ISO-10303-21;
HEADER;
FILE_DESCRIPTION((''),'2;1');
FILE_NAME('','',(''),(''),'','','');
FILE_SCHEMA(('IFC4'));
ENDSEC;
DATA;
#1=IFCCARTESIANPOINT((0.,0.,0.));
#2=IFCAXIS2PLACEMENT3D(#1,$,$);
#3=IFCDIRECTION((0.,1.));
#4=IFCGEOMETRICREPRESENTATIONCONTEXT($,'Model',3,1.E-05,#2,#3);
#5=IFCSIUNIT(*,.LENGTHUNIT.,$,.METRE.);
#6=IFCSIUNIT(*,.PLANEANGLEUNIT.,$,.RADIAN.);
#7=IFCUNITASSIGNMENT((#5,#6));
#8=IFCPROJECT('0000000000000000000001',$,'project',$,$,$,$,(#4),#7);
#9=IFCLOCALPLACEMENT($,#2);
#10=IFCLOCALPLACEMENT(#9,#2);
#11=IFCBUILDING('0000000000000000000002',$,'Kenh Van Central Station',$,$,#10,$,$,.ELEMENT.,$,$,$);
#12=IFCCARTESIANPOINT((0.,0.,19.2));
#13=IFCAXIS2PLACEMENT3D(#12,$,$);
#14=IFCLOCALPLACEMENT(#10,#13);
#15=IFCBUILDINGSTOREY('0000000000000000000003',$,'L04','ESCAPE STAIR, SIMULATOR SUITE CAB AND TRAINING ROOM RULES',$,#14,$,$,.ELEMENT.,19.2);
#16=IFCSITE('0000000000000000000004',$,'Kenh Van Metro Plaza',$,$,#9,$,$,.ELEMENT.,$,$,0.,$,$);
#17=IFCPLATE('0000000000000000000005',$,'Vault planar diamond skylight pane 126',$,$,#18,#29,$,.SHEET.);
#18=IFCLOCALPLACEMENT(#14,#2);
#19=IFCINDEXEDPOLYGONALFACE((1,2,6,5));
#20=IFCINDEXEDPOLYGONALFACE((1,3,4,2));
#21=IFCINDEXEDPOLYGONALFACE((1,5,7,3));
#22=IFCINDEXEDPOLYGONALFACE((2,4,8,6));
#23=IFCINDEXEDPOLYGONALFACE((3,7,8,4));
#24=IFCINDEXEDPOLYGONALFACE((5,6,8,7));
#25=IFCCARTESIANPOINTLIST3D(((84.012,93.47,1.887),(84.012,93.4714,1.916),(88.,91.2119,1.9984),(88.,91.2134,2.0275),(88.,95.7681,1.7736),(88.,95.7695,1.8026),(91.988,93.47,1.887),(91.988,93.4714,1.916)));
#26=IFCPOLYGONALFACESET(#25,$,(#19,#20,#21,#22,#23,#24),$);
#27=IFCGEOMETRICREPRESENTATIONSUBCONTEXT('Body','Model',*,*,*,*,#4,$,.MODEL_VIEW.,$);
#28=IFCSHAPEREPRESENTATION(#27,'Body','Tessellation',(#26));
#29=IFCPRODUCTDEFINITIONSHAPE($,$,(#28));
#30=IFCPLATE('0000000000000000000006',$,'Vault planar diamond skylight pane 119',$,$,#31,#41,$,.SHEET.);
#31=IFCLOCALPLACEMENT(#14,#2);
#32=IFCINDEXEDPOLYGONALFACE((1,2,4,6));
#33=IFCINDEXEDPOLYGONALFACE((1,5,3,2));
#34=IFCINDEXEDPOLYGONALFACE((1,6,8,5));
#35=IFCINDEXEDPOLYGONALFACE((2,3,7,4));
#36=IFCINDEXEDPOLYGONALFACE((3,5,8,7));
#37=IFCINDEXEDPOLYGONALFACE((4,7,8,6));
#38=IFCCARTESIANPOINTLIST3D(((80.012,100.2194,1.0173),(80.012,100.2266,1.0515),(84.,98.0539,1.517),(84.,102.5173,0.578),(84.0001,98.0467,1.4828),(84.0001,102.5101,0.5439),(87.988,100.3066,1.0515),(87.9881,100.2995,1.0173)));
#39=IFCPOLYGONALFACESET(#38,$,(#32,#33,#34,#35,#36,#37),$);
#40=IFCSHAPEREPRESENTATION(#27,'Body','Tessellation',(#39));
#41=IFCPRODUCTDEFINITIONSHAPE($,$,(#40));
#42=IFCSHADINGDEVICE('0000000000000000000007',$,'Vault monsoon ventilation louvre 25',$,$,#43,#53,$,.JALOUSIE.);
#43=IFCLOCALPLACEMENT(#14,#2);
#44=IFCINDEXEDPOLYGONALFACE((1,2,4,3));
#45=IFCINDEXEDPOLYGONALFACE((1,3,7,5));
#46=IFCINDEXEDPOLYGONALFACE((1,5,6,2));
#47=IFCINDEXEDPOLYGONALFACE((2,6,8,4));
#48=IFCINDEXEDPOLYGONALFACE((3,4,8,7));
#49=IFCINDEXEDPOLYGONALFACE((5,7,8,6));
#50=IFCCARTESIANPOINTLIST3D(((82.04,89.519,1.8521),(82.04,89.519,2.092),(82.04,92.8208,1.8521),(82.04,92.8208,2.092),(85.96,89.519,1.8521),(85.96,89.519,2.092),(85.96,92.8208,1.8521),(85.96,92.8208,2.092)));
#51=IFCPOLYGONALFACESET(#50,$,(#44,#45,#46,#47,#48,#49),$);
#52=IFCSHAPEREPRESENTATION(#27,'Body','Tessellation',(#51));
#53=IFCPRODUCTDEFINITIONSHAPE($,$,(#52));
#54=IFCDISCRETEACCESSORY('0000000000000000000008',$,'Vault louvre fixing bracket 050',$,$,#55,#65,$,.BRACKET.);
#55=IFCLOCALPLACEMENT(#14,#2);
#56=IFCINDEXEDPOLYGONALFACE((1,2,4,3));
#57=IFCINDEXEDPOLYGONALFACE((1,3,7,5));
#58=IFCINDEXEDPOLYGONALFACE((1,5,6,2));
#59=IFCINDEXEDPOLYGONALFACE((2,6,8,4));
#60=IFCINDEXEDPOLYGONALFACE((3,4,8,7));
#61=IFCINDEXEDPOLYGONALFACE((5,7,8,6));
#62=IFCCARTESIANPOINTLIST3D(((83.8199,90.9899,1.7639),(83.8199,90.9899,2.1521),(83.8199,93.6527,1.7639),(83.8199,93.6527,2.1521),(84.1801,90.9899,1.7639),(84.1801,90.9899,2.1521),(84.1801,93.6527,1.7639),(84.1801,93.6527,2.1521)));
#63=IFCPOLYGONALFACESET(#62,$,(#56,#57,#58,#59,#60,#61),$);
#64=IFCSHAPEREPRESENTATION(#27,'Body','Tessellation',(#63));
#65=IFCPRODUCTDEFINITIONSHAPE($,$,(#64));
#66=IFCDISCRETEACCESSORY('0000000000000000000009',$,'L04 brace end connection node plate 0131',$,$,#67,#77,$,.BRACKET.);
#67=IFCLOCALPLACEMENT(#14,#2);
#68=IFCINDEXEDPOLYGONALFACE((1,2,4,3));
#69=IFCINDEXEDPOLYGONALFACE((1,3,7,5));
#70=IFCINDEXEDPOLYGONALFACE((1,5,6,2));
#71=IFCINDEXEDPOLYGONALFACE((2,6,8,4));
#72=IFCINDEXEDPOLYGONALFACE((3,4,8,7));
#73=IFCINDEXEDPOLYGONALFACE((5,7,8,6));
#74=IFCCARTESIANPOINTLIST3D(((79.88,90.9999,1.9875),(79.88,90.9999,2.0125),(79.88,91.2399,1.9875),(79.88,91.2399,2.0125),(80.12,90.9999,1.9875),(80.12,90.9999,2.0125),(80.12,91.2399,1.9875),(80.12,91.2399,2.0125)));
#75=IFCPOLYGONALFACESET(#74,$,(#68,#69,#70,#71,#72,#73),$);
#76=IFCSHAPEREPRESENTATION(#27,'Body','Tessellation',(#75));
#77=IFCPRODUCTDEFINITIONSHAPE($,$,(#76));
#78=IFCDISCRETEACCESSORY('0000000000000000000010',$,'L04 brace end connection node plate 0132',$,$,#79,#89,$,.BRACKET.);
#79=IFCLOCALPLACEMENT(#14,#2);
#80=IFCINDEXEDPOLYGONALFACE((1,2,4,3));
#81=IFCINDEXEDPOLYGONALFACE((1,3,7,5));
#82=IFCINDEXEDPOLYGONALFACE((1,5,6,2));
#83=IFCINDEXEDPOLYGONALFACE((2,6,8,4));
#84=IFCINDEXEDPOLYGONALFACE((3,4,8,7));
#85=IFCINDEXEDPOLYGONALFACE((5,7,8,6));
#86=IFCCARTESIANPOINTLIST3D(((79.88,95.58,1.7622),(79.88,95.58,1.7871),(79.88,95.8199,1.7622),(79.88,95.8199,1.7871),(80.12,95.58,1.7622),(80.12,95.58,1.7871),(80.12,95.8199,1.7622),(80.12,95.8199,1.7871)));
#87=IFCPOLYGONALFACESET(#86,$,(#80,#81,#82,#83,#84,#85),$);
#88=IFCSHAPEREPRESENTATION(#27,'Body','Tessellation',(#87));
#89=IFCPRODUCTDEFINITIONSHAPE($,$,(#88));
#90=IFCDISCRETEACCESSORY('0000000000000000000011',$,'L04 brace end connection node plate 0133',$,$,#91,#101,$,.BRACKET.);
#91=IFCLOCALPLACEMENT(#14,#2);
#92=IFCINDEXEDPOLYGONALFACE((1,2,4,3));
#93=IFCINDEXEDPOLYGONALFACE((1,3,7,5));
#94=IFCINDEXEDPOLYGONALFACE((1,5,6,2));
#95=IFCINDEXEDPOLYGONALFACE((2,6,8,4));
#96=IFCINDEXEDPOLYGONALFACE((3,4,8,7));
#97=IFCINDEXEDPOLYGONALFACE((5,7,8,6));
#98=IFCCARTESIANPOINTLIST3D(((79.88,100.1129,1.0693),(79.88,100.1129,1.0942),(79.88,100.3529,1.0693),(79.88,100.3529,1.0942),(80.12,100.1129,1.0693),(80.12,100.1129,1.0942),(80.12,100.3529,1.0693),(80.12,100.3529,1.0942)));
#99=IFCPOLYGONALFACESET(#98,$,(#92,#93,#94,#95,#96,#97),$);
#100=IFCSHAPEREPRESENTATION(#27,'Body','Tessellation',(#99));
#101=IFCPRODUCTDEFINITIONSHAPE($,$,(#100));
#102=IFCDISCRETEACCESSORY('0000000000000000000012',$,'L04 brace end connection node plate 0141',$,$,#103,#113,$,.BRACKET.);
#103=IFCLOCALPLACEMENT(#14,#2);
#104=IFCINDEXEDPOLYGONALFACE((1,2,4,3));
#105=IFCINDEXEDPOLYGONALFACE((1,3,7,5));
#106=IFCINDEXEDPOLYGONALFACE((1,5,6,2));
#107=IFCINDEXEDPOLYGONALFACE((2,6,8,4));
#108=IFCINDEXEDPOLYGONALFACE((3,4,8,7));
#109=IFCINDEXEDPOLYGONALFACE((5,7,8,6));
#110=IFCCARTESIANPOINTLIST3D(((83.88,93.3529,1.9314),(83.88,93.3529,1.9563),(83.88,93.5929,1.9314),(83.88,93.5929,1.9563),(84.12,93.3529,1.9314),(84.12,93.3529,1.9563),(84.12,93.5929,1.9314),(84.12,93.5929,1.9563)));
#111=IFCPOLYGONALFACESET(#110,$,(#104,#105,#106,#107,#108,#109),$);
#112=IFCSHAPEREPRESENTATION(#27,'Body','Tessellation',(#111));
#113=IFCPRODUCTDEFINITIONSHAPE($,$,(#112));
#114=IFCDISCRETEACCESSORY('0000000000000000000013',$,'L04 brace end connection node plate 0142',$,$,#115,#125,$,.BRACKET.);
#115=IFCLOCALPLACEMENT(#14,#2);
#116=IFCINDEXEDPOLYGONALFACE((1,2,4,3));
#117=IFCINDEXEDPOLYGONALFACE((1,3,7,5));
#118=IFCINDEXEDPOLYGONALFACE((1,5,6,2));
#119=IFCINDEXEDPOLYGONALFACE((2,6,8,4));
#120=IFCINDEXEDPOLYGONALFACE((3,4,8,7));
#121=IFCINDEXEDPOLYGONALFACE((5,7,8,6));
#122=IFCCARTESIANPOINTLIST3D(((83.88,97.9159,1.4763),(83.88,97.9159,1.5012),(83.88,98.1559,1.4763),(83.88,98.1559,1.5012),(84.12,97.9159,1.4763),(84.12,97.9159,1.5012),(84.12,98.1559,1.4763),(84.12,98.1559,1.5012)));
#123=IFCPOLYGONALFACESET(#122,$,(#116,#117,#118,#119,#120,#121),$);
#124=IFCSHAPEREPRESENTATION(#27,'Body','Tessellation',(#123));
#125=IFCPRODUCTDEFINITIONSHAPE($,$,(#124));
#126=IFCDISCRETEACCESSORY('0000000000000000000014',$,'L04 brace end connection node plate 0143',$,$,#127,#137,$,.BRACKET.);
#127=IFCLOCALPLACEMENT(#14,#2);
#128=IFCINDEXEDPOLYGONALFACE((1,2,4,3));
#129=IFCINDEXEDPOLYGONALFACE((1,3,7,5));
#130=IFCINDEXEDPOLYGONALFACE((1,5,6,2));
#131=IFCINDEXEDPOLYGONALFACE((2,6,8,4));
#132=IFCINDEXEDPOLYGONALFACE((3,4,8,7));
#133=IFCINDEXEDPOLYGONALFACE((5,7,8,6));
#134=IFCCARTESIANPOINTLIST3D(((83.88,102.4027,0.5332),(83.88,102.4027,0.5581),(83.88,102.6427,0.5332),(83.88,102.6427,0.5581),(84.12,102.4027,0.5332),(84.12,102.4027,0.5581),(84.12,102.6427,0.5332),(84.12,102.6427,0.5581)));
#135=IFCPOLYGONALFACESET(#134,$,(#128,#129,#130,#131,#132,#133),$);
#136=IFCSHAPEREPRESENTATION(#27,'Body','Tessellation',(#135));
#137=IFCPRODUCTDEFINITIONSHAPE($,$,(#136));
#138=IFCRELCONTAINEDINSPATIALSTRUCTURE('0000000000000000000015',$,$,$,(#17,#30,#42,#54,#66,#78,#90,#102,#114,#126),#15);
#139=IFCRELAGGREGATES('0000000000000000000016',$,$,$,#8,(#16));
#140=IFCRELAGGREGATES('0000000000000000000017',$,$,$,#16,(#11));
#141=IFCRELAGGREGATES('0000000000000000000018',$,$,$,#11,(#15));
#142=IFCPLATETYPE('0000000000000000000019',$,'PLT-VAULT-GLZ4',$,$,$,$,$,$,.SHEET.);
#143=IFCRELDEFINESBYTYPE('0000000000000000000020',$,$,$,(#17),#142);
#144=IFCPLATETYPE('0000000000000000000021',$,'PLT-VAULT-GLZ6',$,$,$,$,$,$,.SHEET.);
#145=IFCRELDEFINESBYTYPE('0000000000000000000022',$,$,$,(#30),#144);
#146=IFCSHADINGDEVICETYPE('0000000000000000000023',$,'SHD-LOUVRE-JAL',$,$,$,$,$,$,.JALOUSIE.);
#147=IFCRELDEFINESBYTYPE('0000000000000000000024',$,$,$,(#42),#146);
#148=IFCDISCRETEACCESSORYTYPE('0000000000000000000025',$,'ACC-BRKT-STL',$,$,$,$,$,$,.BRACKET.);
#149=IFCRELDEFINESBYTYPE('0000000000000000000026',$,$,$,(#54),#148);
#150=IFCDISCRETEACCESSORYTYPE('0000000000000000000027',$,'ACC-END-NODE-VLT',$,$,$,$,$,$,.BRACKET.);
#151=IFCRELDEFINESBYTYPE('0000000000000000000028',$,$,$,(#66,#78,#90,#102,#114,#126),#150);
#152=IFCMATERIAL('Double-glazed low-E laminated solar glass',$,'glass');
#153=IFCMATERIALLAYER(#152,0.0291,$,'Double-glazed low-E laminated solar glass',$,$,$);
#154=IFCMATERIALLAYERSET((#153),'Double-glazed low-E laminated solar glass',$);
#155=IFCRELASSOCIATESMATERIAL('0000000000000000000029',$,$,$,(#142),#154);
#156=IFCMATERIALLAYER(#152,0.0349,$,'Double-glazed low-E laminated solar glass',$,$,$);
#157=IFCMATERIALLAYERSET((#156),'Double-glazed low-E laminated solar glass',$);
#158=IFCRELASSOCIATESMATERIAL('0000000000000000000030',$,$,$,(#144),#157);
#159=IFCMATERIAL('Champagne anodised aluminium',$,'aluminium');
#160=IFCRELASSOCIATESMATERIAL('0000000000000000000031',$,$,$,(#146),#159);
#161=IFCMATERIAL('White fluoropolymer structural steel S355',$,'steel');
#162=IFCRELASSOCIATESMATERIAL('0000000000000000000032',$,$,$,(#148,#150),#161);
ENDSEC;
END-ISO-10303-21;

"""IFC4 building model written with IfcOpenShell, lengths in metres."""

from ifc_helpers import new_model, si_unit, direction, frame, origin, origin_2d, place, context, subcontext, project, spatial, polyline, rectangle, outline, extrude, material, layer, layer_set, type_object, element, save


model = new_model("IFC4")

# Units and contexts
model_context = context("Model", 3, precision=1e-05, world=origin(), true_north=direction((0.0, 1.0)))
body_context = subcontext(model_context, "Body", "Model", "MODEL_VIEW")
ifc_project = project(units=[si_unit("LENGTHUNIT", "METRE"), si_unit("PLANEANGLEUNIT", "RADIAN")], contexts=[model_context])

# Site, building, storey
site_placement = place(None, origin())
site = spatial("IfcSite", under=ifc_project, at=site_placement, Name="Kenh Van Metro Plaza", CompositionType="ELEMENT", RefElevation=0.0)
building_placement = place(site_placement, origin())
building = spatial("IfcBuilding", under=site, at=building_placement, Name="Kenh Van Central Station", CompositionType="ELEMENT")
storey_placement = place(building_placement, frame((0.0, 0.0, 19.2)))
storey = spatial("IfcBuildingStorey", under=building, at=storey_placement, Name="L04", Description="ESCAPE STAIR, SIMULATOR SUITE CAB AND TRAINING ROOM RULES", CompositionType="ELEMENT", Elevation=19.2)

# Shared definitions
ifc_material_1 = material(Name="White fluoropolymer structural steel S355", Category="steel")

# Plates
ifc_material_2 = material(Name="Double-glazed low-E laminated solar glass", Category="glass")
ifc_layer_1 = layer(ifc_material_2, 0.0291, Name="Double-glazed low-E laminated solar glass")
ifc_layer_set_1 = layer_set([ifc_layer_1], Name="Double-glazed low-E laminated solar glass")
plate_type_1 = type_object("IfcPlateType", Name="PLT-VAULT-GLZ4", PredefinedType="SHEET", material=ifc_layer_set_1)
plate_1_placement = place(storey_placement, frame((84.012, 93.4714, 1.916), z_axis=(0.0, 0.049292, 0.998784), x_axis=(0.869936, -0.492566, 0.024309)))
element("IfcPlate", 1, at=plate_1_placement, inside=storey, type_object=plate_type_1, Name="Vault planar diamond skylight pane 126", PredefinedType="SHEET", context=body_context, shape_type="SweptSolid", body=[
    extrude(outline(polyline([(0.0, 0.0), (4.5843, 0.0), (6.9387, 3.9335), (2.3346, 3.9684), (0.0, 0.0)])), origin(), (0.0, 0.0, -1.0), 0.0291),
])
ifc_layer_2 = layer(ifc_material_2, 0.0349, Name="Double-glazed low-E laminated solar glass")
ifc_layer_set_2 = layer_set([ifc_layer_2], Name="Double-glazed low-E laminated solar glass")
plate_type_2 = type_object("IfcPlateType", Name="PLT-VAULT-GLZ6", PredefinedType="SHEET", material=ifc_layer_set_2)
plate_2_placement = place(storey_placement, frame((80.012, 100.2266, 1.0515), z_axis=(-0.002067, 0.205864, 0.978578), x_axis=(0.873566, -0.475906, 0.101962)))
element("IfcPlate", 2, at=plate_2_placement, inside=storey, type_object=plate_type_2, Name="Vault planar diamond skylight pane 119", PredefinedType="SHEET", context=body_context, shape_type="SweptSolid", body=[
    extrude(outline(polyline([(0.0, 0.0), (4.5652, 0.0), (6.9295, 3.9504), (2.3454, 3.9844), (0.0, 0.0)])), origin(), (0.0, 0.0, -1.0), 0.0349),
])

# Shading device
ifc_material_3 = material(Name="Champagne anodised aluminium", Category="aluminium")
shading_device_type = type_object("IfcShadingDeviceType", Name="SHD-LOUVRE-JAL", PredefinedType="JALOUSIE", material=ifc_material_3)
shading_device_placement = place(storey_placement, frame((84.0, 91.1699, 1.8521), z_axis=(0.0, 0.0, 1.0), x_axis=(1.0, 0.0, 0.0)))
element("IfcShadingDevice", 3, at=shading_device_placement, inside=storey, type_object=shading_device_type, Name="Vault monsoon ventilation louvre 25", PredefinedType="JALOUSIE", context=body_context, shape_type="SweptSolid", body=[
    extrude(rectangle(XDim=3.9199, YDim=3.3018, at=origin_2d()), origin(), (0.0, 0.0, 1.0), 0.24),
])

# Discrete accessories
discrete_accessory_type_1 = type_object("IfcDiscreteAccessoryType", Name="ACC-BRKT-STL", PredefinedType="BRACKET", material=ifc_material_1)
discrete_accessory_placement = place(storey_placement, frame((84.0, 92.3213, 1.7639), z_axis=(0.0, 0.0, 1.0), x_axis=(1.0, 0.0, 0.0)))
element("IfcDiscreteAccessory", 4, at=discrete_accessory_placement, inside=storey, type_object=discrete_accessory_type_1, Name="Vault louvre fixing bracket 050", PredefinedType="BRACKET", context=body_context, shape_type="SweptSolid", body=[
    extrude(rectangle(XDim=0.3601, YDim=2.6628, at=origin_2d()), origin(), (0.0, 0.0, 1.0), 0.3882),
])
discrete_accessory_type_2 = type_object("IfcDiscreteAccessoryType", Name="ACC-END-NODE-VLT", PredefinedType="BRACKET", material=ifc_material_1)
for number, where, z_axis, x_axis, name in (
    (5, (80.0, 91.1199, 1.9875), (0.0, 0.0, 1.0), (1.0, 0.0, 0.0), "L04 brace end connection node plate 0131"),
    (6, (80.0, 95.7, 1.7622), (0.0, 0.0, 1.0), (1.0, 0.0, 0.0), "L04 brace end connection node plate 0132"),
    (7, (80.0, 100.2329, 1.0693), (0.0, 0.0, 1.0), (1.0, 0.0, 0.0), "L04 brace end connection node plate 0133"),
    (8, (84.0, 93.4729, 1.9314), (0.0, 0.0, 1.0), (1.0, 0.0, 0.0), "L04 brace end connection node plate 0141"),
    (9, (84.0, 98.0359, 1.4763), (0.0, 0.0, 1.0), (1.0, 0.0, 0.0), "L04 brace end connection node plate 0142"),
    (10, (84.0, 102.5227, 0.5332), (0.0, 0.0, 1.0), (1.0, 0.0, 0.0), "L04 brace end connection node plate 0143"),
):
    element("IfcDiscreteAccessory", number, at=place(storey_placement, frame(where, z_axis=z_axis, x_axis=x_axis)), inside=storey, type_object=discrete_accessory_type_2, Name=name, PredefinedType="BRACKET", context=body_context, shape_type="SweptSolid", body=[
        extrude(rectangle(XDim=0.24, YDim=0.24, at=origin_2d()), origin(), (0.0, 0.0, 1.0), 0.0249),
    ])

save(model, "model.ifc")
